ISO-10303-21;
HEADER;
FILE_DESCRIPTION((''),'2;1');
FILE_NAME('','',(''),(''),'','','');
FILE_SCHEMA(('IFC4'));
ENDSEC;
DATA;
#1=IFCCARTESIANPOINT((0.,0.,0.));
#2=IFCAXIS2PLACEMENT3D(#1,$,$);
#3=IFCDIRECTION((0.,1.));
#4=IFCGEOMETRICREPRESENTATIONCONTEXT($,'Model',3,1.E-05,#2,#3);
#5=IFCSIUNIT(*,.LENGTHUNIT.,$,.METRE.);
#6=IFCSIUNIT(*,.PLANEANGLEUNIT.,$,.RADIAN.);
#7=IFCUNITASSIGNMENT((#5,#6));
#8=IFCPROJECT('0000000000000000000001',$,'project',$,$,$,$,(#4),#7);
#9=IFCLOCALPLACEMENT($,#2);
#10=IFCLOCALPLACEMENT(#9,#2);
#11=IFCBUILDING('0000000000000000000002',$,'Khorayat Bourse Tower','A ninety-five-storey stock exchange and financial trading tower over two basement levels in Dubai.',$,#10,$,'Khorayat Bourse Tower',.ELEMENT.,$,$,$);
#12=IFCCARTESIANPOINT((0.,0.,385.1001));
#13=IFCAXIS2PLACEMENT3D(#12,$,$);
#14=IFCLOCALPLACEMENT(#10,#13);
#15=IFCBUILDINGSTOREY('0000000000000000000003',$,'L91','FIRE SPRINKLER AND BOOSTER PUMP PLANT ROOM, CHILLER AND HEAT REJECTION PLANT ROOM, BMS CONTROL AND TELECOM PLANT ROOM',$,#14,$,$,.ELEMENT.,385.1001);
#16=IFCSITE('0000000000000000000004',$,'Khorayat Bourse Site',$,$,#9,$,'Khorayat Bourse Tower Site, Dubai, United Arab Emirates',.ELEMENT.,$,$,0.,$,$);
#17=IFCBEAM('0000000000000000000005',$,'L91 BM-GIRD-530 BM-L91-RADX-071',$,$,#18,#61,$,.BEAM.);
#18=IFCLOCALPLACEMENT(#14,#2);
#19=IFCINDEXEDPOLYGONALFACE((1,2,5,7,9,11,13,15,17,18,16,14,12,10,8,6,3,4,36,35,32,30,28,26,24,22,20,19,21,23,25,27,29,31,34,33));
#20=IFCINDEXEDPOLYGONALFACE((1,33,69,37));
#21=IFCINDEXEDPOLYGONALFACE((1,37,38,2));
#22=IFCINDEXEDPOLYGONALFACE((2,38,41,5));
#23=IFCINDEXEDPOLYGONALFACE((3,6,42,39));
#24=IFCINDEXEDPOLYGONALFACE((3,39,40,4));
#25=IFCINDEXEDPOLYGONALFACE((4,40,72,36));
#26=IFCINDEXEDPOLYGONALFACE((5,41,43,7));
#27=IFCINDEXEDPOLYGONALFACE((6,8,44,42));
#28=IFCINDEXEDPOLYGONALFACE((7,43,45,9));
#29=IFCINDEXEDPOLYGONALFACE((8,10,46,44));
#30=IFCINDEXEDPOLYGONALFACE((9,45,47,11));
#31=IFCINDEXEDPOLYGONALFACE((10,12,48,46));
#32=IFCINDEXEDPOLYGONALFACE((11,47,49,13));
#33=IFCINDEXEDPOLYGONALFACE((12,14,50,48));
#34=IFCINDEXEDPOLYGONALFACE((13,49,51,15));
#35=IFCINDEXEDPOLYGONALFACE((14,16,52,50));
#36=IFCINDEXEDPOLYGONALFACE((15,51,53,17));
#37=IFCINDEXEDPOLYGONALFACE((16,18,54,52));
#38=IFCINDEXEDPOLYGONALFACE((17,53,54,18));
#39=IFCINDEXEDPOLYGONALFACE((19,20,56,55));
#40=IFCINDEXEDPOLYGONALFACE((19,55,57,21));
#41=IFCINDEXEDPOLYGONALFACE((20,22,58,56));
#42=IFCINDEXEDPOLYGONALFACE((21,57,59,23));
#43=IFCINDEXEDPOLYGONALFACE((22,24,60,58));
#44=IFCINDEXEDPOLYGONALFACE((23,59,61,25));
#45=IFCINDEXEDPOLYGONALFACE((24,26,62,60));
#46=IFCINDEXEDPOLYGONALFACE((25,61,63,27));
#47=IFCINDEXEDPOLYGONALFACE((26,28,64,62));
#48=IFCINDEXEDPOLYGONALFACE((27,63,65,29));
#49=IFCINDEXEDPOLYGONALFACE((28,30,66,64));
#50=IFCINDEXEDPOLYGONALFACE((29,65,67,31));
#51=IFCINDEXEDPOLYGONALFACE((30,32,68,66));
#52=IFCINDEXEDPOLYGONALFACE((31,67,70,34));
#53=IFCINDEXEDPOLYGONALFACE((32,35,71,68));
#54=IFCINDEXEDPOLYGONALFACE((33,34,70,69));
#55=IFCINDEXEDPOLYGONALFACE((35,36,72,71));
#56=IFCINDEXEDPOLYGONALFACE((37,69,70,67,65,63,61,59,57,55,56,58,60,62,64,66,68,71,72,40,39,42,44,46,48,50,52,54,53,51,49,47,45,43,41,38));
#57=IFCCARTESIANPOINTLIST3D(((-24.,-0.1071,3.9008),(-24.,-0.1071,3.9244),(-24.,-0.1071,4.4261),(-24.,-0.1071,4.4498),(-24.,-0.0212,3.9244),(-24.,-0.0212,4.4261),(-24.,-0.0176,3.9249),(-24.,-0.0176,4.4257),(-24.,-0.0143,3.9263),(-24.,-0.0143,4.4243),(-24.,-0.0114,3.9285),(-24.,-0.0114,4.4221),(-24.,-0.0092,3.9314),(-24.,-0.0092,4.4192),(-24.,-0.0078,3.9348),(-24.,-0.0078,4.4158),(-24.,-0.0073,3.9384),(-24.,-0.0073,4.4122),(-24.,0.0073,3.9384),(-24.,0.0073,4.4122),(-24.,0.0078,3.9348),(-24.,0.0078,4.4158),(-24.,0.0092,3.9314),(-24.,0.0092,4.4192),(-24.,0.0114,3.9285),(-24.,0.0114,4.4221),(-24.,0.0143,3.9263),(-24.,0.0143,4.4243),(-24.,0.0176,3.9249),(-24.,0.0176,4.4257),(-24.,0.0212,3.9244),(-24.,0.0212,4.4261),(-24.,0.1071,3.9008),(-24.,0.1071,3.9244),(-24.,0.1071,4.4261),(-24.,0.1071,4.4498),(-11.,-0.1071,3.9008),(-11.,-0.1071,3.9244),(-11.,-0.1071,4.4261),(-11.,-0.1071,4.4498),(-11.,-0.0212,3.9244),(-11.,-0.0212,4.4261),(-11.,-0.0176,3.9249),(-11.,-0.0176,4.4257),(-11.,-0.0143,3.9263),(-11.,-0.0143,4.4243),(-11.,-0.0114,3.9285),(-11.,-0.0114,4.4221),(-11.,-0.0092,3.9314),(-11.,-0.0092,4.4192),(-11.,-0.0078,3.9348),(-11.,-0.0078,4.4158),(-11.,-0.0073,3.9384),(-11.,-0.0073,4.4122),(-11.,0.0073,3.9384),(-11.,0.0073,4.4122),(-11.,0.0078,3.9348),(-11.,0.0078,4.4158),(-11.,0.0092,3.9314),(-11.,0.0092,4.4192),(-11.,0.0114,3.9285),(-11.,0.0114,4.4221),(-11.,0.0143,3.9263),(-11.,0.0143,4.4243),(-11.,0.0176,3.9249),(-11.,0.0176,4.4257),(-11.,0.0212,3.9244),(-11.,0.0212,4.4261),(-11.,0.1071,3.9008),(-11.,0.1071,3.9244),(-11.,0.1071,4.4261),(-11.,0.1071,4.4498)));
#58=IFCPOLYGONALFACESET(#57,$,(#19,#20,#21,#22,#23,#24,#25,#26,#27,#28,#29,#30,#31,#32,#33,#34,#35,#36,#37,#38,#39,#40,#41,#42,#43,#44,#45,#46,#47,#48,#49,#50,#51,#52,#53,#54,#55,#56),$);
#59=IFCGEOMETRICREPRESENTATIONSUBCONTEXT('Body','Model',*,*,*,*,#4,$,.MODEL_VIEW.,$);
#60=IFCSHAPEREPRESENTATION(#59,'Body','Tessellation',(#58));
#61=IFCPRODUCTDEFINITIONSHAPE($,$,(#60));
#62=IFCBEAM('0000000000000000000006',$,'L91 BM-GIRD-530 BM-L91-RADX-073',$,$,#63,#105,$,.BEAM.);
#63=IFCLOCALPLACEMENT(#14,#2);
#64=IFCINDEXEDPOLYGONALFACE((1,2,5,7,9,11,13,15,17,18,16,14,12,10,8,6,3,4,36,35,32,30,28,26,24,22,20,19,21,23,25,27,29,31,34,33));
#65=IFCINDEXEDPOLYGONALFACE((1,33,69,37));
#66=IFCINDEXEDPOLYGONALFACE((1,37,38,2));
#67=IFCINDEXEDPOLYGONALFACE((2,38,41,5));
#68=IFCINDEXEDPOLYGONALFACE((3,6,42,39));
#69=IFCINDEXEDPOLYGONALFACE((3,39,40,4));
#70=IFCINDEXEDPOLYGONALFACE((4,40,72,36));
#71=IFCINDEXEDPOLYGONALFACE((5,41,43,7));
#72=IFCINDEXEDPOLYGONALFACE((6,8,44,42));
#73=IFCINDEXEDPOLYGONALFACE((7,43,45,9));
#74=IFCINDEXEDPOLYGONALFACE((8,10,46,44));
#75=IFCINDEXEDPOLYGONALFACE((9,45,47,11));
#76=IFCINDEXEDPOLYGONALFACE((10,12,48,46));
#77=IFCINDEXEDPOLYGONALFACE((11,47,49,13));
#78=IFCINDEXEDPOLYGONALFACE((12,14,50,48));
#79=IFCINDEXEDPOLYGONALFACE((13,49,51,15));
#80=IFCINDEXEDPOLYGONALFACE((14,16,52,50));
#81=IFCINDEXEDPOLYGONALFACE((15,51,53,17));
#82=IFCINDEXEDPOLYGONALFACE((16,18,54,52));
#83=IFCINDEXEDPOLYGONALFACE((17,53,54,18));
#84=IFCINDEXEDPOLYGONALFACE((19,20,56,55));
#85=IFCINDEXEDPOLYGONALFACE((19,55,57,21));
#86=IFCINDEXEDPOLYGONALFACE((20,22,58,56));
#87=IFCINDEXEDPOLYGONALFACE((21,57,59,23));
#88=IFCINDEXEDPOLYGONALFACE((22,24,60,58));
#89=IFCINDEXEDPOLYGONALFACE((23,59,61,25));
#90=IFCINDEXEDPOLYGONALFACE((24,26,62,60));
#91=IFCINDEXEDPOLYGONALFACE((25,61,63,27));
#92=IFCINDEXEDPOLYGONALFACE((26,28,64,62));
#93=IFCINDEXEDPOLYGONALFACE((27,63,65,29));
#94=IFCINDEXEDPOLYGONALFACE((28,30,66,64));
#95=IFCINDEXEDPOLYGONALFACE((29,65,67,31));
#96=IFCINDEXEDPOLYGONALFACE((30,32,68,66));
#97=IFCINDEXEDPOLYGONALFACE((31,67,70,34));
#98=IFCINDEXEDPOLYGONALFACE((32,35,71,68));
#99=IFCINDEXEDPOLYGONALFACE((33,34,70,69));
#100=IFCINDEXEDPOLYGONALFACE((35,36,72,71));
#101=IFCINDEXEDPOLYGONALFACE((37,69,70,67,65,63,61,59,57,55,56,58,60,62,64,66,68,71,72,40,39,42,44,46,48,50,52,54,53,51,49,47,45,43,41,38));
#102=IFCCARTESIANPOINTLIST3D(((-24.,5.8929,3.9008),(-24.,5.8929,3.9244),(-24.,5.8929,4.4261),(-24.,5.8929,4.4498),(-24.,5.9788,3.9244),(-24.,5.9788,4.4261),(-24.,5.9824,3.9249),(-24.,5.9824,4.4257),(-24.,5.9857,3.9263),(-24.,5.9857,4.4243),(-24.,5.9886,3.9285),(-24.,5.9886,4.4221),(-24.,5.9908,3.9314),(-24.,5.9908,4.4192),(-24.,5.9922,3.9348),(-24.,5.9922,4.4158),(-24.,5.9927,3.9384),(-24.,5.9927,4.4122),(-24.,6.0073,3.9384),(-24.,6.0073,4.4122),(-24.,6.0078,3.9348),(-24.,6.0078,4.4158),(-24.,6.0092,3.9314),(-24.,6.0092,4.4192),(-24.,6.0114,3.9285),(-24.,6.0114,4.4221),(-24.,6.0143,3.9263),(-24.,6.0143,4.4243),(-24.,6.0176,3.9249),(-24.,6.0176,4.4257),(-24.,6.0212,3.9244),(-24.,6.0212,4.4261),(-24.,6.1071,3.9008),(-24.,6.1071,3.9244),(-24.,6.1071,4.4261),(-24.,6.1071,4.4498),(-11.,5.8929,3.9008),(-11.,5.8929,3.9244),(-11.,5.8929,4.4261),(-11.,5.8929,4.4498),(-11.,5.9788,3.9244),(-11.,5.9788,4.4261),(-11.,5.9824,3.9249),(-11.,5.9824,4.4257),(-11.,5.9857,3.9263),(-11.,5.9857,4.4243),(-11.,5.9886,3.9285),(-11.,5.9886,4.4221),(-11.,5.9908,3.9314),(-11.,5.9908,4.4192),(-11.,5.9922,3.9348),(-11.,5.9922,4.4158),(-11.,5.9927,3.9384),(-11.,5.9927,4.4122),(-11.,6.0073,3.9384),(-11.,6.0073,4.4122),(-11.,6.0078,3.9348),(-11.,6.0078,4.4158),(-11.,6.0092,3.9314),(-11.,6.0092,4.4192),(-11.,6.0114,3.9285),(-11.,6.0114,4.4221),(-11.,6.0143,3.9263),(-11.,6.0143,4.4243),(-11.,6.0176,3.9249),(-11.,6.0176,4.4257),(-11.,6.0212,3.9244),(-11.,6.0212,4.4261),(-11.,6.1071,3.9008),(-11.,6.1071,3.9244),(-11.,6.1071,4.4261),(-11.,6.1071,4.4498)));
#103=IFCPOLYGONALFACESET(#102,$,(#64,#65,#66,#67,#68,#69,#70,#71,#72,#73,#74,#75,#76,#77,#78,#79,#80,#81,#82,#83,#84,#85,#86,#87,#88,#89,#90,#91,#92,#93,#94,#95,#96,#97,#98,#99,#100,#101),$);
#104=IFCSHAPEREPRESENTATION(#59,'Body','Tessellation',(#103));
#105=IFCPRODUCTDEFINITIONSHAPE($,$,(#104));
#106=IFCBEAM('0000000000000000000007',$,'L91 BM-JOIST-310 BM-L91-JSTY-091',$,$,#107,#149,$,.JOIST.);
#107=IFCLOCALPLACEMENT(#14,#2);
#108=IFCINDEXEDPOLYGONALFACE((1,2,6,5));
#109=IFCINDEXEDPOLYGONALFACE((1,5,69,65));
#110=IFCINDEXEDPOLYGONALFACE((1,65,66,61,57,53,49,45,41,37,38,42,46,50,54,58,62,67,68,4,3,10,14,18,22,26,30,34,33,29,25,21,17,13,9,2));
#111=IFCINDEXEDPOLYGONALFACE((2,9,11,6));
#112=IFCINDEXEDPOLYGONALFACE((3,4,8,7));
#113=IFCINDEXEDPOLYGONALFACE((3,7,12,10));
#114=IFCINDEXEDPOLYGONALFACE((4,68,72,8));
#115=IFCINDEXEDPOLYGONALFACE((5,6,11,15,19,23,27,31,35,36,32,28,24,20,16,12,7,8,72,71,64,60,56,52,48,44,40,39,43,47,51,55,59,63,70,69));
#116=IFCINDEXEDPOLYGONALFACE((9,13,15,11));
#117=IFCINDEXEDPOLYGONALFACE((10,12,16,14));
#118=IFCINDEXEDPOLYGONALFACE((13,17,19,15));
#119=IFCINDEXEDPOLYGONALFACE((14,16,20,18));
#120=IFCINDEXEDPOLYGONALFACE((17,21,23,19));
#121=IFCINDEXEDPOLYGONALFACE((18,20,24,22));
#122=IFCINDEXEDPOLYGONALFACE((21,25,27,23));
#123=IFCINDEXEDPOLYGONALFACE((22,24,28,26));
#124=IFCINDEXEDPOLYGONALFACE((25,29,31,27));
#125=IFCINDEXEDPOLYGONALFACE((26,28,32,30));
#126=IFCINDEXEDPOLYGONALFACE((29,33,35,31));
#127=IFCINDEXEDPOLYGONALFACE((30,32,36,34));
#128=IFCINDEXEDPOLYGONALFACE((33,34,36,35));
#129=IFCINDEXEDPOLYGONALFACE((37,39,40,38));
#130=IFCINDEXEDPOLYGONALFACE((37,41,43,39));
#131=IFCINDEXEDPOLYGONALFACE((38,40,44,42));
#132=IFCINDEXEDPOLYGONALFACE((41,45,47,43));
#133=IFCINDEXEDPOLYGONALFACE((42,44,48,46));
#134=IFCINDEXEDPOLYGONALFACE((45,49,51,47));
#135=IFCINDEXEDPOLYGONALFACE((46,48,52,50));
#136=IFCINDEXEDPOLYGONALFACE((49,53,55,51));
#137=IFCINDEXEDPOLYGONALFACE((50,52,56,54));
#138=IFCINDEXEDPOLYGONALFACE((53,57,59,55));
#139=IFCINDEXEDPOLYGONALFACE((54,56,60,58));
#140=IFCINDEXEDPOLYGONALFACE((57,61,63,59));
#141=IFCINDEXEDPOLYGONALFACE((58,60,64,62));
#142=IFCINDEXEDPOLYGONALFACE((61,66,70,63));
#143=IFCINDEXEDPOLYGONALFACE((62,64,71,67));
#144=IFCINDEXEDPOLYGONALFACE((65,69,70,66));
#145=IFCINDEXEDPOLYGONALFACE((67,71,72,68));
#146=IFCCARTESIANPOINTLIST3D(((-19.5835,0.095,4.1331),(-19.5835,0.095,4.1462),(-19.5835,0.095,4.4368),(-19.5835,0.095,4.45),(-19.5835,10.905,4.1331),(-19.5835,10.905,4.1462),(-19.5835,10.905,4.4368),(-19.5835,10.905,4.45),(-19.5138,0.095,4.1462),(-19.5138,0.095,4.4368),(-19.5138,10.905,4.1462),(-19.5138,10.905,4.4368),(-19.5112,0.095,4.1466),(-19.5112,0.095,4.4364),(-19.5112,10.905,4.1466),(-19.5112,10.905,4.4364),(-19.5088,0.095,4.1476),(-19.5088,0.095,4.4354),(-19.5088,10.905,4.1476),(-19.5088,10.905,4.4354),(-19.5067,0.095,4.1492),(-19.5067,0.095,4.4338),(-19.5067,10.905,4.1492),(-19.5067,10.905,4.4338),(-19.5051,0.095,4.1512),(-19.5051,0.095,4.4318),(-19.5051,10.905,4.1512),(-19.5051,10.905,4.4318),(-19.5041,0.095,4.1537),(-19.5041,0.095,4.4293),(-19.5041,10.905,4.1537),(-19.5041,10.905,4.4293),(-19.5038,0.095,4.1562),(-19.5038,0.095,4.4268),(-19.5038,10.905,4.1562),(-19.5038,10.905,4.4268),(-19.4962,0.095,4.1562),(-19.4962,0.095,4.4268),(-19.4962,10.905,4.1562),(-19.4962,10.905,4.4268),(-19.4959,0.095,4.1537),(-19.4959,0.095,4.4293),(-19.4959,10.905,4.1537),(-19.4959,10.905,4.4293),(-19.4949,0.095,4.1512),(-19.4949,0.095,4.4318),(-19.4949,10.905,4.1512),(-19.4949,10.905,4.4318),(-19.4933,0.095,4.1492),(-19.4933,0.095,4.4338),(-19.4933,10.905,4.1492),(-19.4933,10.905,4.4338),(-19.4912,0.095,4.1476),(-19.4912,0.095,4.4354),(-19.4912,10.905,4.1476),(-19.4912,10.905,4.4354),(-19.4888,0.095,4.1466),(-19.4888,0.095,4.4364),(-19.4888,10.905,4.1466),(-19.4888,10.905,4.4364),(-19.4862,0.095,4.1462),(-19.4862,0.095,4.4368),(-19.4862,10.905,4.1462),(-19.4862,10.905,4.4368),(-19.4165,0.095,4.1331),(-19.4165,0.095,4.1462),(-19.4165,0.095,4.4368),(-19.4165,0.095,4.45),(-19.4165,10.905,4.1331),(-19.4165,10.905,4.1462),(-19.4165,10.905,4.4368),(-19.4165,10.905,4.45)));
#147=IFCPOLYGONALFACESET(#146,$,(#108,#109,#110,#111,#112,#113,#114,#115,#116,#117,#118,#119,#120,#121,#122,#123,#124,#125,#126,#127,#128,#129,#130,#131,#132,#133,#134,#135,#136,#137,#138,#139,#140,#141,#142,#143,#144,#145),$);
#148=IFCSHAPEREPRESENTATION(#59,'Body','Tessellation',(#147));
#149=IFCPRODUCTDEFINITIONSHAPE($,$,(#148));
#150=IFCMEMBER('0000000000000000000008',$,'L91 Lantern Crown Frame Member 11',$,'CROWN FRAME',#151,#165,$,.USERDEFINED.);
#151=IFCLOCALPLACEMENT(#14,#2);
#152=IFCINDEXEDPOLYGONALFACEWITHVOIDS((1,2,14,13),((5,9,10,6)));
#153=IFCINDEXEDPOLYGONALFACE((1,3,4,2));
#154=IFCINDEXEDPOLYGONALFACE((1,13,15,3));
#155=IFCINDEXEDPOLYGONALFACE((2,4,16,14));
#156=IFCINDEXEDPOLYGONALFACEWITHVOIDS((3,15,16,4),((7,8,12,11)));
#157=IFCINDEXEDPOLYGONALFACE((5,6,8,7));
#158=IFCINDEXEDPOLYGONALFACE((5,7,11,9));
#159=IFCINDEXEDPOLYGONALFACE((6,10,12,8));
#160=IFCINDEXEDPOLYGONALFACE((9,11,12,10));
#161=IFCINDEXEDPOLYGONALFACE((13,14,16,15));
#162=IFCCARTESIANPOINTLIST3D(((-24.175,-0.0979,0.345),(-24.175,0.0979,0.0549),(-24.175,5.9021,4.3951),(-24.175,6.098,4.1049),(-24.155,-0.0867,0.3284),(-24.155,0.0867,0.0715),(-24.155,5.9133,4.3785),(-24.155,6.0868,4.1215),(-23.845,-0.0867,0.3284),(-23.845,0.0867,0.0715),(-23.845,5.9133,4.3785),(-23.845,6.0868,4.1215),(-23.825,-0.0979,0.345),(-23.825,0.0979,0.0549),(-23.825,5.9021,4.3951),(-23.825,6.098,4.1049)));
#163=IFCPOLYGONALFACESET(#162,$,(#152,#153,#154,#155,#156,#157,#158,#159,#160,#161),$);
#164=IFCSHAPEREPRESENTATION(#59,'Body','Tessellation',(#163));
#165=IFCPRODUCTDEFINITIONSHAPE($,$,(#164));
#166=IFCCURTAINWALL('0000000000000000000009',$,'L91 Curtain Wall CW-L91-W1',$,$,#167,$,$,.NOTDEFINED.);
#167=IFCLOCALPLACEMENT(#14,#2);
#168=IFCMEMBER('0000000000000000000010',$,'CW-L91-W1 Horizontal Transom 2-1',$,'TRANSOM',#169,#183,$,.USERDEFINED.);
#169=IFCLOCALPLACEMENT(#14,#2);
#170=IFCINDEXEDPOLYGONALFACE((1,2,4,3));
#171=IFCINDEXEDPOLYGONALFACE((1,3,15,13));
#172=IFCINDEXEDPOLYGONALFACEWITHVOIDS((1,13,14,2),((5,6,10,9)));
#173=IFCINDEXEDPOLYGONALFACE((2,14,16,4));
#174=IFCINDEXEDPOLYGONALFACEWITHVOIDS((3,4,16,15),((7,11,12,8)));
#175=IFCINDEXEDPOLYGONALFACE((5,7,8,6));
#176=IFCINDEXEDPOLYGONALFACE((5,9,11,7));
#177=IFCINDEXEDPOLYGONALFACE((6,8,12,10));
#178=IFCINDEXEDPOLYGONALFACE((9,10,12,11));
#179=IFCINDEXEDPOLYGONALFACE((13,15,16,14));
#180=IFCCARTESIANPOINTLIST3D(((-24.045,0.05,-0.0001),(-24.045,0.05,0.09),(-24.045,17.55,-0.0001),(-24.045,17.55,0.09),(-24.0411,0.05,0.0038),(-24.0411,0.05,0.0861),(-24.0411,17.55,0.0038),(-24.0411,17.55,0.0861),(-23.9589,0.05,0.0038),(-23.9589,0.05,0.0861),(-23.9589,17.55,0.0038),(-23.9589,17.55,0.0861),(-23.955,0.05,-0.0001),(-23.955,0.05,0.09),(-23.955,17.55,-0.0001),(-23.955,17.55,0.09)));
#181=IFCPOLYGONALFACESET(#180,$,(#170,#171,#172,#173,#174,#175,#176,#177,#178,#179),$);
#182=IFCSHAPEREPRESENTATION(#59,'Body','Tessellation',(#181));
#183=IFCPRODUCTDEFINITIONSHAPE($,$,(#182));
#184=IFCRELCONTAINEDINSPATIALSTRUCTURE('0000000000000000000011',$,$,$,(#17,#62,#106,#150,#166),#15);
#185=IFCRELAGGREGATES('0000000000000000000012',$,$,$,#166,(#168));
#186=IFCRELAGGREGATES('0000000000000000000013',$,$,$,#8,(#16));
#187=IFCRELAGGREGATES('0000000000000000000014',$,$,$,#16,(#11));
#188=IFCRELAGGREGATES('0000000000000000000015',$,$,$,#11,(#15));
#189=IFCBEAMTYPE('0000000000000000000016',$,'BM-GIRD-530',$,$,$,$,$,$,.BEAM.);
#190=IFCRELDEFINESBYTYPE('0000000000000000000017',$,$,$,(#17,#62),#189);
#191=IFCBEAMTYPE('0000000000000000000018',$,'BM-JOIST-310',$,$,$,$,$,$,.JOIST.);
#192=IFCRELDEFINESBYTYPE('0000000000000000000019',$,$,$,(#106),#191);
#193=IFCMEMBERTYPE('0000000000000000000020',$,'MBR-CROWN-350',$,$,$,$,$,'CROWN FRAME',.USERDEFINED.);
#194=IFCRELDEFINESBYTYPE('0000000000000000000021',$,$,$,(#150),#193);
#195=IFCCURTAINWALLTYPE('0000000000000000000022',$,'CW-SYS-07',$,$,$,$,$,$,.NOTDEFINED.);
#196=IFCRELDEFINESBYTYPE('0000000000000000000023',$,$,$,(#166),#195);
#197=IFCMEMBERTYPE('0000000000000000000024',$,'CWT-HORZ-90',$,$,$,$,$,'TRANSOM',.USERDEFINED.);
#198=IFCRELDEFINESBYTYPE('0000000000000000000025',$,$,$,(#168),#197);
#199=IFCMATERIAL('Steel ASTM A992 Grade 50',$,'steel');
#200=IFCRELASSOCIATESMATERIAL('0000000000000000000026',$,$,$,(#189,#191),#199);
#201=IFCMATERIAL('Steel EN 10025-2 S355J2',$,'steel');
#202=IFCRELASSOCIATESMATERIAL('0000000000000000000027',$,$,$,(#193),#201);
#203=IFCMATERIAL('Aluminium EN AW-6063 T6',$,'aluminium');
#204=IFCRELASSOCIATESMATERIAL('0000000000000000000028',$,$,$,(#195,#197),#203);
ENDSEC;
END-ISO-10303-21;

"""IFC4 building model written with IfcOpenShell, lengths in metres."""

from ifc_helpers import new_model, si_unit, direction, frame, origin, origin_2d, place, context, subcontext, project, spatial, hollow_rectangle, i_section, extrude, source, transform, mapped, material, material_profile, profile_set, type_object, element, aggregate, save


model = new_model("IFC4")

# Units and contexts
model_context = context("Model", 3, precision=1e-05, world=origin(), true_north=direction((0.0, 1.0)))
body_context = subcontext(model_context, "Body", "Model", "MODEL_VIEW")
ifc_project = project(units=[si_unit("LENGTHUNIT", "METRE"), si_unit("PLANEANGLEUNIT", "RADIAN")], contexts=[model_context])

# Site, building, storey
site_placement = place(None, origin())
site = spatial("IfcSite", under=ifc_project, at=site_placement, Name="Khorayat Bourse Site", LongName="Khorayat Bourse Tower Site, Dubai, United Arab Emirates", CompositionType="ELEMENT", RefElevation=0.0)
building_placement = place(site_placement, origin())
building = spatial("IfcBuilding", under=site, at=building_placement, Name="Khorayat Bourse Tower", Description="A ninety-five-storey stock exchange and financial trading tower over two basement levels in Dubai.", LongName="Khorayat Bourse Tower", CompositionType="ELEMENT")
storey_placement = place(building_placement, frame((0.0, 0.0, 385.1001)))
storey = spatial("IfcBuildingStorey", under=building, at=storey_placement, Name="L91", Description="FIRE SPRINKLER AND BOOSTER PUMP PLANT ROOM, CHILLER AND HEAT REJECTION PLANT ROOM, BMS CONTROL AND TELECOM PLANT ROOM", CompositionType="ELEMENT", Elevation=385.1001)

# Shared definitions
ifc_material_1 = material(Name="Steel EN 10025-2 S355J2", Category="steel")

# Beams
ifc_material_2 = material(Name="Steel ASTM A992 Grade 50", Category="steel")
ifc_material_profile_1 = material_profile(ifc_material_2, i_section(OverallWidth=0.2141, OverallDepth=0.5491, WebThickness=0.0146, FlangeThickness=0.0237, FilletRadius=0.0139, at=origin_2d()), Name="W530X138")
ifc_profile_set_1 = profile_set([ifc_material_profile_1], Name="Steel ASTM A992 Grade 50")
beam_type_1 = type_object("IfcBeamType", Name="BM-GIRD-530", PredefinedType="BEAM", material=ifc_profile_set_1)
shared_shape_1 = source(origin(), body_context, "Body", "SweptSolid", [
    extrude(i_section(OverallWidth=0.2141, OverallDepth=0.5491, WebThickness=0.0146, FlangeThickness=0.0237, FilletRadius=0.0139, at=origin_2d()), origin(), (0.0, 0.0, 1.0), 13.0),
])
for number, where, z_axis, x_axis, name in (
    (1, (-24.0, 0.0, 4.1753), (1.0, 0.0, 0.0), (0.0, 1.0, 0.0), "L91 BM-GIRD-530 BM-L91-RADX-071"),
    (2, (-24.0, 6.0, 4.1753), (1.0, 0.0, 0.0), (0.0, 1.0, 0.0), "L91 BM-GIRD-530 BM-L91-RADX-073"),
):
    element("IfcBeam", number, at=place(storey_placement, frame(where, z_axis=z_axis, x_axis=x_axis)), inside=storey, type_object=beam_type_1, Name=name, PredefinedType="BEAM", context=body_context, shape_type="MappedRepresentation", body=[
        mapped(shared_shape_1, transform((0.0, 0.0, 0.0), scale=1.0)),
    ])
ifc_material_profile_2 = material_profile(ifc_material_2, i_section(OverallWidth=0.167, OverallDepth=0.3169, WebThickness=0.0076, FlangeThickness=0.0132, FilletRadius=0.01, at=origin_2d()), Name="W310X52")
ifc_profile_set_2 = profile_set([ifc_material_profile_2], Name="Steel ASTM A992 Grade 50")
beam_type_2 = type_object("IfcBeamType", Name="BM-JOIST-310", PredefinedType="JOIST", material=ifc_profile_set_2)
shared_shape_2 = source(origin(), body_context, "Body", "SweptSolid", [
    extrude(i_section(OverallWidth=0.167, OverallDepth=0.3169, WebThickness=0.0076, FlangeThickness=0.0132, FilletRadius=0.01, at=origin_2d()), origin(), (0.0, 0.0, 1.0), 10.8101),
])
beam_1_placement = place(storey_placement, frame((-19.5, 0.095, 4.2915), z_axis=(0.0, 1.0, 0.0), x_axis=(-1.0, 0.0, 0.0)))
element("IfcBeam", 3, at=beam_1_placement, inside=storey, type_object=beam_type_2, Name="L91 BM-JOIST-310 BM-L91-JSTY-091", PredefinedType="JOIST", context=body_context, shape_type="MappedRepresentation", body=[
    mapped(shared_shape_2, transform((0.0, 0.0, 0.0), scale=1.0)),
])

# Member
ifc_material_profile_3 = material_profile(ifc_material_1, hollow_rectangle(XDim=0.3501, YDim=0.3501, WallThickness=0.02, at=origin_2d()), Name="HSS 350x350x20")
ifc_profile_set_3 = profile_set([ifc_material_profile_3], Name="Steel EN 10025-2 S355J2")
member_type_1 = type_object("IfcMemberType", Name="MBR-CROWN-350", ElementType="CROWN FRAME", PredefinedType="USERDEFINED", material=ifc_profile_set_3)
shared_shape_3 = source(origin(), body_context, "Body", "SweptSolid", [
    extrude(hollow_rectangle(XDim=0.3501, YDim=0.3501, WallThickness=0.02, at=origin_2d()), origin(), (0.0, 0.0, 1.0), 7.239),
])
member_1_placement = place(storey_placement, frame((-24.0, 0.0, 0.2), z_axis=(0.0, 0.828846, 0.559477), x_axis=(-1.0, 0.0, 0.0)))
element("IfcMember", 4, at=member_1_placement, inside=storey, type_object=member_type_1, Name="L91 Lantern Crown Frame Member 11", ObjectType="CROWN FRAME", PredefinedType="USERDEFINED", context=body_context, shape_type="MappedRepresentation", body=[
    mapped(shared_shape_3, transform((0.0, 0.0, 0.0), scale=1.0)),
])

# Curtain wall, member
ifc_material_3 = material(Name="Aluminium EN AW-6063 T6", Category="aluminium")
curtain_wall_type = type_object("IfcCurtainWallType", Name="CW-SYS-07", PredefinedType="NOTDEFINED", material=ifc_material_3)
curtain_wall_placement = place(storey_placement, origin())
curtain_wall = element("IfcCurtainWall", 5, at=curtain_wall_placement, inside=storey, type_object=curtain_wall_type, Name="L91 Curtain Wall CW-L91-W1", PredefinedType="NOTDEFINED")
ifc_material_profile_4 = material_profile(ifc_material_3, hollow_rectangle(XDim=0.0901, YDim=0.0901, WallThickness=0.0039, at=origin_2d()), Name="ALU 90x90x4")
ifc_profile_set_4 = profile_set([ifc_material_profile_4], Name="Aluminium EN AW-6063 T6")
member_type_2 = type_object("IfcMemberType", Name="CWT-HORZ-90", ElementType="TRANSOM", PredefinedType="USERDEFINED", material=ifc_profile_set_4)
shared_shape_4 = source(origin(), body_context, "Body", "SweptSolid", [
    extrude(hollow_rectangle(XDim=0.0901, YDim=0.0901, WallThickness=0.0039, at=origin_2d()), origin(), (0.0, 0.0, 1.0), 17.5),
])
member_2_placement = place(storey_placement, frame((-24.0, 0.05, 0.0449), z_axis=(0.0, 1.0, 0.0), x_axis=(-1.0, 0.0, 0.0)))
member_2 = element("IfcMember", 6, at=member_2_placement, type_object=member_type_2, Name="CW-L91-W1 Horizontal Transom 2-1", ObjectType="TRANSOM", PredefinedType="USERDEFINED", context=body_context, shape_type="MappedRepresentation", body=[
    mapped(shared_shape_4, transform((0.0, 0.0, 0.0), scale=1.0)),
])

aggregate(curtain_wall, [member_2])

save(model, "model.ifc")
